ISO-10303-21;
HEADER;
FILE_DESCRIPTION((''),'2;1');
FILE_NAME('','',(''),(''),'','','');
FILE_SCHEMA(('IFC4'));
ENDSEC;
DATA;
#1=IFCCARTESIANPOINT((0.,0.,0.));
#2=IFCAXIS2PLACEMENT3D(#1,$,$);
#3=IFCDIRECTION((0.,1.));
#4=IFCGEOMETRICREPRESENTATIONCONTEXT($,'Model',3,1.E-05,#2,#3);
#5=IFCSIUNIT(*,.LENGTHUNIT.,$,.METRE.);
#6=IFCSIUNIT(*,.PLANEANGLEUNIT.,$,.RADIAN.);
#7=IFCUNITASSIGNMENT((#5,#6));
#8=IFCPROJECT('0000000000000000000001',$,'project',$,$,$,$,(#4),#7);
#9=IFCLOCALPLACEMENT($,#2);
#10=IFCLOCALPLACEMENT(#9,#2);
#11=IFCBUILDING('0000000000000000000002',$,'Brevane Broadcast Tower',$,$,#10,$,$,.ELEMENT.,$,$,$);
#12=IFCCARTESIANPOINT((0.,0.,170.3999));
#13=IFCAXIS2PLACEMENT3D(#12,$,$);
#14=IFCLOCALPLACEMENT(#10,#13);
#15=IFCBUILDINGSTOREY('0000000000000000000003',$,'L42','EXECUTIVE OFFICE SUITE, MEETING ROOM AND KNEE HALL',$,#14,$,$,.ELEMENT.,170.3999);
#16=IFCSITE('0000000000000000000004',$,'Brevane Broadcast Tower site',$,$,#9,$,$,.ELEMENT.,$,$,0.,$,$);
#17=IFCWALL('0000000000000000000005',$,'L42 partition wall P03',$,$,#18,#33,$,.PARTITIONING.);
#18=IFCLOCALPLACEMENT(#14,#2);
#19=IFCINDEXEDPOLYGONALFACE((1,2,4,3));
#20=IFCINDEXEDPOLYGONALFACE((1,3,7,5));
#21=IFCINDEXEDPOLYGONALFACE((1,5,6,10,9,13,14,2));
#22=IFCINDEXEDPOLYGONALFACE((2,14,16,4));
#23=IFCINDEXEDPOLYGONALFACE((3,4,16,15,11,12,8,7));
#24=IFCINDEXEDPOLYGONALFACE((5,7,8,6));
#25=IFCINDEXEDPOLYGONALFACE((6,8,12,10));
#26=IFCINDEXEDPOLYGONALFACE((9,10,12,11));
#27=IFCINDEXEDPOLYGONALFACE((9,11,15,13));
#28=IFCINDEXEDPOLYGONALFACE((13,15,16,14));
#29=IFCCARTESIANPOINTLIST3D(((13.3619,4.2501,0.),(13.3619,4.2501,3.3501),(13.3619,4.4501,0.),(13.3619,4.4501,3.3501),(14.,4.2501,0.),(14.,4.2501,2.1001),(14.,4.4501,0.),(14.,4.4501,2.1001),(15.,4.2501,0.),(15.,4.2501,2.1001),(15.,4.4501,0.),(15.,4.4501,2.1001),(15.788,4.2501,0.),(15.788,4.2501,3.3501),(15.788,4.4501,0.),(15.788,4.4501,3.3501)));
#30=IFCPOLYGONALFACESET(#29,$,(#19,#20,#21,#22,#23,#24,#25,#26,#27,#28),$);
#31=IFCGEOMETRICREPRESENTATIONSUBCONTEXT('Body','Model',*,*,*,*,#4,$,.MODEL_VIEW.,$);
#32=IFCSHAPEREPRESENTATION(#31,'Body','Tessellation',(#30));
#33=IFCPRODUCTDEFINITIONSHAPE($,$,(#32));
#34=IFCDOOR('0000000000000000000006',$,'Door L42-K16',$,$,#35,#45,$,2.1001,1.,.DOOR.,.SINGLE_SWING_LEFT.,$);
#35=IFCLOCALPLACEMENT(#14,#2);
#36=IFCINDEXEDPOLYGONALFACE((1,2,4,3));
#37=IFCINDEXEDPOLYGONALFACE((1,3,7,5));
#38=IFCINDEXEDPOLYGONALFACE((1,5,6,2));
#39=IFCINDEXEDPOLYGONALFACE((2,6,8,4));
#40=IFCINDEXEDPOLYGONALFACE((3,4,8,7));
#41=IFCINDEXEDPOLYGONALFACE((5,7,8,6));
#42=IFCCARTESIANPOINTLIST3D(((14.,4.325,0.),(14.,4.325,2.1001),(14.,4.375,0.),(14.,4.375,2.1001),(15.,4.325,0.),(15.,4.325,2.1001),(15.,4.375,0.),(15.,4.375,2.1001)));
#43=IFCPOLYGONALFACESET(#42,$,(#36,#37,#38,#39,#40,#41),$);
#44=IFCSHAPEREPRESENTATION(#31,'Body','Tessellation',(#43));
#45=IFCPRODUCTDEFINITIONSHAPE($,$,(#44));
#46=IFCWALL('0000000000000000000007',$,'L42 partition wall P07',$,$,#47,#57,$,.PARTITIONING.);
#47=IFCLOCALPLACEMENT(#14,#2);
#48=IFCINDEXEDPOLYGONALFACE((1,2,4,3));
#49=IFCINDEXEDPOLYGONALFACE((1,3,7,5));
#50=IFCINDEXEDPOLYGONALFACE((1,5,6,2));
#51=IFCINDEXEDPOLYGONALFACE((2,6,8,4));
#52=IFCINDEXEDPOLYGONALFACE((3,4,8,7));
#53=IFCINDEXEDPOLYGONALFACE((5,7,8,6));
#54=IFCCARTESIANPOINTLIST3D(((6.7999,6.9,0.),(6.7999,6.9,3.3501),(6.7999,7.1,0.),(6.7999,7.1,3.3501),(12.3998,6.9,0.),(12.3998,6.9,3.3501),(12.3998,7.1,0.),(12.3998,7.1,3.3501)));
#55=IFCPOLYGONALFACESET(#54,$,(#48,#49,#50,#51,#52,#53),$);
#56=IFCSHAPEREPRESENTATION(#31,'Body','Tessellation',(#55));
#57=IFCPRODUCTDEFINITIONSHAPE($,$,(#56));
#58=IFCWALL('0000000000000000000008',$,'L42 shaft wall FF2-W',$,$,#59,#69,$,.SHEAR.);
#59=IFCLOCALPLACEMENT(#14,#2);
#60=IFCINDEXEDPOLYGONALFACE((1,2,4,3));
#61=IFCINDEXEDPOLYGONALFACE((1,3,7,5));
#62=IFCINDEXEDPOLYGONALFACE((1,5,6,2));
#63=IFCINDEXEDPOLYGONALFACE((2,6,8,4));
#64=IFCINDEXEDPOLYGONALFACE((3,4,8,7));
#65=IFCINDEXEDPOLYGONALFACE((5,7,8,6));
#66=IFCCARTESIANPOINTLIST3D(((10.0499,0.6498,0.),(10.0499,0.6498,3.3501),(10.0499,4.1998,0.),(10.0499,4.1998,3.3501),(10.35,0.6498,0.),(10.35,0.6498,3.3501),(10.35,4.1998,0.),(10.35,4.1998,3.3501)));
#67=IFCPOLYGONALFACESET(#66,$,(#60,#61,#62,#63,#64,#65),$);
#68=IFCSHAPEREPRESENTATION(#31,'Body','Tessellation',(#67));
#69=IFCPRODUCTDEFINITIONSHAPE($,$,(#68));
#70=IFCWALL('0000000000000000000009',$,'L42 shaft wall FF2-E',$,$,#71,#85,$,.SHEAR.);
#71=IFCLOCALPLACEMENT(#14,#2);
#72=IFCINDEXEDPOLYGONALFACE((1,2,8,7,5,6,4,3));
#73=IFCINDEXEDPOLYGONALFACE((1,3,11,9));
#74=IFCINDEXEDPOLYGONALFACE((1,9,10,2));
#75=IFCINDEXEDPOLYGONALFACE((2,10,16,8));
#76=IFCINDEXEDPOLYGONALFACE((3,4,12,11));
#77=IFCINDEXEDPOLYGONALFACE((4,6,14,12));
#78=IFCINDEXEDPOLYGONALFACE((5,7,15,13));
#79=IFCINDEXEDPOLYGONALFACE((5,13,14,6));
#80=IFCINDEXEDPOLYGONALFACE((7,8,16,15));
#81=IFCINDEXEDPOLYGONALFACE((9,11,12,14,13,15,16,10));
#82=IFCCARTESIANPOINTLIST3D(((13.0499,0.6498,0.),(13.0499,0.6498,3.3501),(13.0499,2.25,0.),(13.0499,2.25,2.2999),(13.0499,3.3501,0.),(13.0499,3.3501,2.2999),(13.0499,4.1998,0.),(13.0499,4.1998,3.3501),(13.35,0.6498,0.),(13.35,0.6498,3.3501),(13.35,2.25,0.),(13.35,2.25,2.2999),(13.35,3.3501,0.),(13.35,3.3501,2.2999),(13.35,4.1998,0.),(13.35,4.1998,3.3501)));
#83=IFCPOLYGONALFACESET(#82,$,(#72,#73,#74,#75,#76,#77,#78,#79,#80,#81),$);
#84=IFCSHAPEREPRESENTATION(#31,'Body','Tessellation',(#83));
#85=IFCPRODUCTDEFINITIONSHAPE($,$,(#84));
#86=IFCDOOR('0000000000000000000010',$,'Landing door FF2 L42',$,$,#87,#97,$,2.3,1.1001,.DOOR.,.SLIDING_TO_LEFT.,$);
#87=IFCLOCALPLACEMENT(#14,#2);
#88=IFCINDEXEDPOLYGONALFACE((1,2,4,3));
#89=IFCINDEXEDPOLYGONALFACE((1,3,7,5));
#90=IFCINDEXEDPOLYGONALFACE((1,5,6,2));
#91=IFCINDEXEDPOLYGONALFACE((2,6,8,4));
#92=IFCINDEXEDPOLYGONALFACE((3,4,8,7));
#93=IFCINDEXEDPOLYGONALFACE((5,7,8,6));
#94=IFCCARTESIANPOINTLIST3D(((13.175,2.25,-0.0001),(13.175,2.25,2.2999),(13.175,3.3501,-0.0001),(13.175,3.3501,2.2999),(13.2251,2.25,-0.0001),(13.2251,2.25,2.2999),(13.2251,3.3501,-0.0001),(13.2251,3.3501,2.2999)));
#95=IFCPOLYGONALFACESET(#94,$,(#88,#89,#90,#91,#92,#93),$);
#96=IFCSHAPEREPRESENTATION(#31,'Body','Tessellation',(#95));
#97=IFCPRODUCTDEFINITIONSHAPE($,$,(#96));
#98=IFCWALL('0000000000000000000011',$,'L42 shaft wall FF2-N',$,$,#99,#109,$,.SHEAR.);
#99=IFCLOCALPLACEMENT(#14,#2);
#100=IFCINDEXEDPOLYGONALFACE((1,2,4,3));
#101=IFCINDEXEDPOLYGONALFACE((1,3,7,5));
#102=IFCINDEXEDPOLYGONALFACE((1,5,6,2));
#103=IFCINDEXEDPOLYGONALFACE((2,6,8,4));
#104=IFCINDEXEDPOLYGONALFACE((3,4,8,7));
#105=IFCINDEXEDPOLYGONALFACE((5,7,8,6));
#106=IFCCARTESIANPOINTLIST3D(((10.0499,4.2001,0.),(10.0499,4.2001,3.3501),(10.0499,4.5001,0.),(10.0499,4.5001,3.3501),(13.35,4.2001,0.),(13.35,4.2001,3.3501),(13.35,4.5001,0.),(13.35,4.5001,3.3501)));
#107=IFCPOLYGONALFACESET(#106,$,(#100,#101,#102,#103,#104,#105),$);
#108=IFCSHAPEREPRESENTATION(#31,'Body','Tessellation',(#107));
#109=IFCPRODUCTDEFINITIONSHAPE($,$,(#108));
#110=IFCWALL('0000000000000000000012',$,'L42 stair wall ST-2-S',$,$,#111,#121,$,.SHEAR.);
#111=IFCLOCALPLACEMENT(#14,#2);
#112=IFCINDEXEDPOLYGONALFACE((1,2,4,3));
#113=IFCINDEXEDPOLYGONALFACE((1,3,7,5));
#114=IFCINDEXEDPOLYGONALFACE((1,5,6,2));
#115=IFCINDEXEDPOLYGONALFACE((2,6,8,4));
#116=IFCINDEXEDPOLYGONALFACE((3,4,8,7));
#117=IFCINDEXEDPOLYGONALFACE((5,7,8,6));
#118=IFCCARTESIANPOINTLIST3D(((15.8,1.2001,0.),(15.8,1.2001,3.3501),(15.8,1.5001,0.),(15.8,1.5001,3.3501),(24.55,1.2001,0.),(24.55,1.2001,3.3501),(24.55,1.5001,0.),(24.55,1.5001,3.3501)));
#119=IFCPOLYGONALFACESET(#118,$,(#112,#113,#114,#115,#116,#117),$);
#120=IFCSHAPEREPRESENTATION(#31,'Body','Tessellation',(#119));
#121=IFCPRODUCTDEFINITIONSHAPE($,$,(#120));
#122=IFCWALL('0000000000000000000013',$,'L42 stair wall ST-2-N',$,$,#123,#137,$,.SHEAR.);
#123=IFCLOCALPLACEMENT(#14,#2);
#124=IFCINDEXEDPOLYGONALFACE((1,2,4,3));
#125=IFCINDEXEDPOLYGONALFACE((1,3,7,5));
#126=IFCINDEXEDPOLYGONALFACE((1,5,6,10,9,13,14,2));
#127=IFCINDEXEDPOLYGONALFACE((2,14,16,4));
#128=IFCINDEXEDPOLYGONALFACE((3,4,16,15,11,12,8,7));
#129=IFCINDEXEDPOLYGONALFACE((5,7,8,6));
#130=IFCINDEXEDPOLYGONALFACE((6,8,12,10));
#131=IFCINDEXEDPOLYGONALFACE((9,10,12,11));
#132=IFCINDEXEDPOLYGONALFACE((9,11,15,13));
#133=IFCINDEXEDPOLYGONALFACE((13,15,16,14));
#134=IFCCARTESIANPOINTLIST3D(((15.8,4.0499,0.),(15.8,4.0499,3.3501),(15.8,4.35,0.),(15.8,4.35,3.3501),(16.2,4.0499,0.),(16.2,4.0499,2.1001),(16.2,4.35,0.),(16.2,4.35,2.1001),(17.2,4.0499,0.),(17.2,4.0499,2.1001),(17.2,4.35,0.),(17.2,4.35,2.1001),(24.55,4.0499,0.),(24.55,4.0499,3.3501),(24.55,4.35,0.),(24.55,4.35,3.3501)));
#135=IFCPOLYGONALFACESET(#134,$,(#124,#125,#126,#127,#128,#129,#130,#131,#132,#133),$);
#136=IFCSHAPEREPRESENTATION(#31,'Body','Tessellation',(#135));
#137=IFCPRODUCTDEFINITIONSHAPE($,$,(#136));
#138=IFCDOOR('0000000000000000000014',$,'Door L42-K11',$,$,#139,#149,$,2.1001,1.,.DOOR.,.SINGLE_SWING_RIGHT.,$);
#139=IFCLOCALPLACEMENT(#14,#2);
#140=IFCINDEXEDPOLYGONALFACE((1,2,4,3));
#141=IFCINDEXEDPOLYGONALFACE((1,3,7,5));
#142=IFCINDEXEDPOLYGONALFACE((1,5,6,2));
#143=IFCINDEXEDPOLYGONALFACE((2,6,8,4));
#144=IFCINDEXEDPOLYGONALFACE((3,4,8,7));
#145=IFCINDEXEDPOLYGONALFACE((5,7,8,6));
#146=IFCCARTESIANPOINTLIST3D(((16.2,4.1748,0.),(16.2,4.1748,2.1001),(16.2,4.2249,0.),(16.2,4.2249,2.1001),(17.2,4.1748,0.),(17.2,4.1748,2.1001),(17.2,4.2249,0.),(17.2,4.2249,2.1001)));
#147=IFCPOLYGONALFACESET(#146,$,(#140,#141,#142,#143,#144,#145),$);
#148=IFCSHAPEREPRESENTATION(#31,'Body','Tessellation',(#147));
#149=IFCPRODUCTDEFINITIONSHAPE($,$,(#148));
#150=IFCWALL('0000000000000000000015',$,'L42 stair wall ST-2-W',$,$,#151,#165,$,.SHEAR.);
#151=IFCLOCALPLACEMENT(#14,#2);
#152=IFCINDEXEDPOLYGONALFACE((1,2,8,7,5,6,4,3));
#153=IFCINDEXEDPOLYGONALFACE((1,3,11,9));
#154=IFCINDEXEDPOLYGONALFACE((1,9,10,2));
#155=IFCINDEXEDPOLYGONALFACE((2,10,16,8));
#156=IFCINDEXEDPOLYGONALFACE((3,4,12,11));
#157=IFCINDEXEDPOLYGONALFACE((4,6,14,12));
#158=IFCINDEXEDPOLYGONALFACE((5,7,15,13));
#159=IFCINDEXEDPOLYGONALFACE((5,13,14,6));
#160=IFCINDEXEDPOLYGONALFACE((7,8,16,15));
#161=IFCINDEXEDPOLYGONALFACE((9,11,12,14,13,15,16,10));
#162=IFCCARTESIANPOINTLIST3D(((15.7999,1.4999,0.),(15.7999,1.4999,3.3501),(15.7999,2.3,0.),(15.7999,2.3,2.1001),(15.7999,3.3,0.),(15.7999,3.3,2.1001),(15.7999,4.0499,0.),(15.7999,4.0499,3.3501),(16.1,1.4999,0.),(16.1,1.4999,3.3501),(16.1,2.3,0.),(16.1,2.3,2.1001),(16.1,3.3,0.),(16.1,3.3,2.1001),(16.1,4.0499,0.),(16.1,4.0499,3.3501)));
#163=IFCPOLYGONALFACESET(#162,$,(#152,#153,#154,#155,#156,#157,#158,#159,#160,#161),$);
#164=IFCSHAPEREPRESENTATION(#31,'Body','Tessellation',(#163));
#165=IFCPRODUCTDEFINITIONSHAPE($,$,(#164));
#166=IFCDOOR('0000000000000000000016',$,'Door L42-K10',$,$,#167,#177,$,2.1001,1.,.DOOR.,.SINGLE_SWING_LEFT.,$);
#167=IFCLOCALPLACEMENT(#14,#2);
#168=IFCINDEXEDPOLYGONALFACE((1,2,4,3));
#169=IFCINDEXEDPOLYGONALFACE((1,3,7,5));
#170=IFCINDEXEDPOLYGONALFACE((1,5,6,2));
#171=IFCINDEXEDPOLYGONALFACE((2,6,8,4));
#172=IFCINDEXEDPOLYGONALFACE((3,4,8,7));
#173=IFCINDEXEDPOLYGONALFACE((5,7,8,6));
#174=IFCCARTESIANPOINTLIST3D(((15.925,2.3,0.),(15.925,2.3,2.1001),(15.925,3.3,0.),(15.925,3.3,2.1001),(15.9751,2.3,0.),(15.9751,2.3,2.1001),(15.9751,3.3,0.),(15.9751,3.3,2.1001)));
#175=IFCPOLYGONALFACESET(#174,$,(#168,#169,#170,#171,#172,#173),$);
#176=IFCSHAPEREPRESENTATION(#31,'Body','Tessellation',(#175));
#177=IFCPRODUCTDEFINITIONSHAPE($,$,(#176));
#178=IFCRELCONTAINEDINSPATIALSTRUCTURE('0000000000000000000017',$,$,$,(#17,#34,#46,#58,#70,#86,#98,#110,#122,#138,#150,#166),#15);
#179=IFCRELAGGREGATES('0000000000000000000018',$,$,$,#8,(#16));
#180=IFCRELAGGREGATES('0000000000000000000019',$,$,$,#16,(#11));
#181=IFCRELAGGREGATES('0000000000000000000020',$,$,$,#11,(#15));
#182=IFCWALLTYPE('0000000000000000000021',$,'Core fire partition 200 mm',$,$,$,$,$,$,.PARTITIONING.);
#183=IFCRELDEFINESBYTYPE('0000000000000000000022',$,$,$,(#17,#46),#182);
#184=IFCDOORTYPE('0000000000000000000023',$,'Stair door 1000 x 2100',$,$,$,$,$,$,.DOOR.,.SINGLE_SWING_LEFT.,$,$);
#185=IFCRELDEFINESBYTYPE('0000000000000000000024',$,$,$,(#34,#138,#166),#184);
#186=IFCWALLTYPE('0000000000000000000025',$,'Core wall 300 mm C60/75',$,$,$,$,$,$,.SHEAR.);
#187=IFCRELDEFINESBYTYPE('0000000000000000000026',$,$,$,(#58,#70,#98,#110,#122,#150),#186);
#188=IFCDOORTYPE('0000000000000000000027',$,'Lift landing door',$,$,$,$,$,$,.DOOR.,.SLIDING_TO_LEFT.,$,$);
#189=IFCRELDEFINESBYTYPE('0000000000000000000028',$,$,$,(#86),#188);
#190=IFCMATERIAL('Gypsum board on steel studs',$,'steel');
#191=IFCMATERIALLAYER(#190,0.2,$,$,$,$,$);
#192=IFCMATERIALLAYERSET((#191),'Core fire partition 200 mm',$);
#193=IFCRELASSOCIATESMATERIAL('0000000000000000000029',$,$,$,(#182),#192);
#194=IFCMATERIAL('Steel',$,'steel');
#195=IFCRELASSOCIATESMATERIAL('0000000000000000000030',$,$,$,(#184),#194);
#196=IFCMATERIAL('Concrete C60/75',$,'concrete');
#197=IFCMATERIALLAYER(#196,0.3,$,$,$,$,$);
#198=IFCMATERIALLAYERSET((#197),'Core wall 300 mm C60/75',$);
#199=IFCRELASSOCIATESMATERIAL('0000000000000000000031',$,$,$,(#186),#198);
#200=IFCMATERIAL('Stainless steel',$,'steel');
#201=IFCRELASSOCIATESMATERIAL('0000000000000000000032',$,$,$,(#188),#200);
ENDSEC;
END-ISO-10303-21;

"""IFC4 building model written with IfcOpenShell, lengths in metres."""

from ifc_helpers import new_model, si_unit, direction, frame, frame_2d, origin, place, context, subcontext, project, spatial, rectangle, extrude, material, layer, layer_set, type_object, element, fill, save


model = new_model("IFC4")

# Units and contexts
model_context = context("Model", 3, precision=1e-05, world=origin(), true_north=direction((0.0, 1.0)))
body_context = subcontext(model_context, "Body", "Model", "MODEL_VIEW")
ifc_project = project(units=[si_unit("LENGTHUNIT", "METRE"), si_unit("PLANEANGLEUNIT", "RADIAN")], contexts=[model_context])

# Site, building, storey
site_placement = place(None, origin())
site = spatial("IfcSite", under=ifc_project, at=site_placement, Name="Brevane Broadcast Tower site", CompositionType="ELEMENT", RefElevation=0.0)
building_placement = place(site_placement, origin())
building = spatial("IfcBuilding", under=site, at=building_placement, Name="Brevane Broadcast Tower", CompositionType="ELEMENT")
storey_placement = place(building_placement, frame((0.0, 0.0, 170.3999)))
storey = spatial("IfcBuildingStorey", under=building, at=storey_placement, Name="L42", Description="EXECUTIVE OFFICE SUITE, MEETING ROOM AND KNEE HALL", CompositionType="ELEMENT", Elevation=170.3999)

# Shared definitions
ifc_material_1 = material(Name="Gypsum board on steel studs", Category="steel")

# Wall, opening, door
ifc_layer_1 = layer(ifc_material_1, 0.2)
ifc_layer_set_1 = layer_set([ifc_layer_1], Name="Core fire partition 200 mm")
wall_type_1 = type_object("IfcWallType", Name="Core fire partition 200 mm", PredefinedType="PARTITIONING", material=ifc_layer_set_1)
wall_1_placement = place(storey_placement, frame((13.3621, 4.3501, 0.0), z_axis=(0.0, 0.0, 1.0), x_axis=(1.0, 0.0, 0.0)))
wall_1 = element("IfcWall", 1, at=wall_1_placement, inside=storey, type_object=wall_type_1, Name="L42 partition wall P03", PredefinedType="PARTITIONING", context=body_context, shape_type="SweptSolid", body=[
    extrude(rectangle(XDim=2.426, YDim=0.2, at=frame_2d((1.2129, 0.0))), origin(), (0.0, 0.0, 1.0), 3.3501),
])
opening_1_placement = place(wall_1_placement, frame((0.6379, 0.0, 0.0)))
opening_1 = element("IfcOpeningElement", 2, at=opening_1_placement, cuts=wall_1, PredefinedType="OPENING", context=body_context, shape_type="SweptSolid", body=[
    extrude(rectangle(XDim=1.0, YDim=2.1001, at=frame_2d((0.5, 1.05))), frame((0.0, 0.1099, 0.0), z_axis=(0.0, -1.0, 0.0), x_axis=(1.0, 0.0, 0.0)), (0.0, 0.0, 1.0), 0.22),
])
ifc_material_2 = material(Name="Steel", Category="steel")
door_type_1 = type_object("IfcDoorType", Name="Stair door 1000 x 2100", OperationType="SINGLE_SWING_LEFT", PredefinedType="DOOR", material=ifc_material_2)
door_1_placement = place(opening_1_placement, origin())
door_1 = element("IfcDoor", 3, at=door_1_placement, inside=storey, type_object=door_type_1, Name="Door L42-K16", OperationType="SINGLE_SWING_LEFT", OverallHeight=2.1001, OverallWidth=1.0, PredefinedType="DOOR", context=body_context, shape_type="SweptSolid", body=[
    extrude(rectangle(XDim=1.0, YDim=2.1001, at=frame_2d((0.5, 1.05))), frame((0.0, 0.0249, 0.0), z_axis=(0.0, -1.0, 0.0), x_axis=(1.0, 0.0, 0.0)), (0.0, 0.0, 1.0), 0.05),
])
fill(opening_1, door_1)

# Walls
wall_2_placement = place(storey_placement, frame((6.8, 7.0, 0.0), z_axis=(0.0, 0.0, 1.0), x_axis=(1.0, 0.0, 0.0)))
element("IfcWall", 4, at=wall_2_placement, inside=storey, type_object=wall_type_1, Name="L42 partition wall P07", PredefinedType="PARTITIONING", context=body_context, shape_type="SweptSolid", body=[
    extrude(rectangle(XDim=5.5999, YDim=0.2, at=frame_2d((2.7998, 0.0))), origin(), (0.0, 0.0, 1.0), 3.3501),
])
ifc_material_3 = material(Name="Concrete C60/75", Category="concrete")
ifc_layer_2 = layer(ifc_material_3, 0.3)
ifc_layer_set_2 = layer_set([ifc_layer_2], Name="Core wall 300 mm C60/75")
wall_type_2 = type_object("IfcWallType", Name="Core wall 300 mm C60/75", PredefinedType="SHEAR", material=ifc_layer_set_2)
wall_3_placement = place(storey_placement, frame((10.2, 0.6499, 0.0), z_axis=(0.0, 0.0, 1.0), x_axis=(0.0, 1.0, 0.0)))
element("IfcWall", 5, at=wall_3_placement, inside=storey, type_object=wall_type_2, Name="L42 shaft wall FF2-W", PredefinedType="SHEAR", context=body_context, shape_type="SweptSolid", body=[
    extrude(rectangle(XDim=3.55, YDim=0.3, at=frame_2d((1.7749, 0.0))), origin(), (0.0, 0.0, 1.0), 3.3501),
])

# Wall, opening, door
wall_4_placement = place(storey_placement, frame((13.2, 0.6499, 0.0), z_axis=(0.0, 0.0, 1.0), x_axis=(0.0, 1.0, 0.0)))
wall_4 = element("IfcWall", 6, at=wall_4_placement, inside=storey, type_object=wall_type_2, Name="L42 shaft wall FF2-E", PredefinedType="SHEAR", context=body_context, shape_type="SweptSolid", body=[
    extrude(rectangle(XDim=3.55, YDim=0.3, at=frame_2d((1.7749, 0.0))), origin(), (0.0, 0.0, 1.0), 3.3501),
])
opening_2_placement = place(wall_4_placement, frame((1.6001, 0.0, 0.0)))
opening_2 = element("IfcOpeningElement", 7, at=opening_2_placement, cuts=wall_4, PredefinedType="OPENING", context=body_context, shape_type="SweptSolid", body=[
    extrude(rectangle(XDim=1.1001, YDim=2.3, at=frame_2d((0.55, 1.1499))), frame((0.0, 0.1599, 0.0), z_axis=(0.0, -1.0, 0.0), x_axis=(1.0, 0.0, 0.0)), (0.0, 0.0, 1.0), 0.3201),
])
ifc_material_4 = material(Name="Stainless steel", Category="steel")
door_type_2 = type_object("IfcDoorType", Name="Lift landing door", OperationType="SLIDING_TO_LEFT", PredefinedType="DOOR", material=ifc_material_4)
door_2_placement = place(opening_2_placement, origin())
door_2 = element("IfcDoor", 8, at=door_2_placement, inside=storey, type_object=door_type_2, Name="Landing door FF2 L42", OperationType="SLIDING_TO_LEFT", OverallHeight=2.3, OverallWidth=1.1001, PredefinedType="DOOR", context=body_context, shape_type="SweptSolid", body=[
    extrude(rectangle(XDim=1.1001, YDim=2.3, at=frame_2d((0.55, 1.1499))), frame((0.0, 0.0249, 0.0), z_axis=(0.0, -1.0, 0.0), x_axis=(1.0, 0.0, 0.0)), (0.0, 0.0, 1.0), 0.05),
])
fill(opening_2, door_2)

# Walls
wall_5_placement = place(storey_placement, frame((10.05, 4.3501, 0.0), z_axis=(0.0, 0.0, 1.0), x_axis=(1.0, 0.0, 0.0)))
element("IfcWall", 9, at=wall_5_placement, inside=storey, type_object=wall_type_2, Name="L42 shaft wall FF2-N", PredefinedType="SHEAR", context=body_context, shape_type="SweptSolid", body=[
    extrude(rectangle(XDim=3.3, YDim=0.3, at=frame_2d((1.6499, 0.0))), origin(), (0.0, 0.0, 1.0), 3.3501),
])
wall_6_placement = place(storey_placement, frame((15.8, 1.3501, 0.0), z_axis=(0.0, 0.0, 1.0), x_axis=(1.0, 0.0, 0.0)))
element("IfcWall", 10, at=wall_6_placement, inside=storey, type_object=wall_type_2, Name="L42 stair wall ST-2-S", PredefinedType="SHEAR", context=body_context, shape_type="SweptSolid", body=[
    extrude(rectangle(XDim=8.75, YDim=0.3, at=frame_2d((4.375, 0.0))), origin(), (0.0, 0.0, 1.0), 3.3501),
])

# Walls, openings, doors
wall_7_placement = place(storey_placement, frame((15.8, 4.2, 0.0), z_axis=(0.0, 0.0, 1.0), x_axis=(1.0, 0.0, 0.0)))
wall_7 = element("IfcWall", 11, at=wall_7_placement, inside=storey, type_object=wall_type_2, Name="L42 stair wall ST-2-N", PredefinedType="SHEAR", context=body_context, shape_type="SweptSolid", body=[
    extrude(rectangle(XDim=8.75, YDim=0.3, at=frame_2d((4.375, 0.0))), origin(), (0.0, 0.0, 1.0), 3.3501),
])
opening_3_placement = place(wall_7_placement, frame((0.3999, 0.0, 0.0)))
opening_3 = element("IfcOpeningElement", 12, at=opening_3_placement, cuts=wall_7, PredefinedType="OPENING", context=body_context, shape_type="SweptSolid", body=[
    extrude(rectangle(XDim=1.0, YDim=2.1001, at=frame_2d((0.5, 1.05))), frame((0.0, 0.1599, 0.0), z_axis=(0.0, -1.0, 0.0), x_axis=(1.0, 0.0, 0.0)), (0.0, 0.0, 1.0), 0.3201),
])
door_3_placement = place(opening_3_placement, origin())
door_3 = element("IfcDoor", 13, at=door_3_placement, inside=storey, type_object=door_type_1, Name="Door L42-K11", OperationType="SINGLE_SWING_RIGHT", OverallHeight=2.1001, OverallWidth=1.0, PredefinedType="DOOR", context=body_context, shape_type="SweptSolid", body=[
    extrude(rectangle(XDim=1.0, YDim=2.1001, at=frame_2d((0.5, 1.05))), frame((0.0, 0.0249, 0.0), z_axis=(0.0, -1.0, 0.0), x_axis=(1.0, 0.0, 0.0)), (0.0, 0.0, 1.0), 0.05),
])
fill(opening_3, door_3)
wall_8_placement = place(storey_placement, frame((15.95, 1.5, 0.0), z_axis=(0.0, 0.0, 1.0), x_axis=(0.0, 1.0, 0.0)))
wall_8 = element("IfcWall", 14, at=wall_8_placement, inside=storey, type_object=wall_type_2, Name="L42 stair wall ST-2-W", PredefinedType="SHEAR", context=body_context, shape_type="SweptSolid", body=[
    extrude(rectangle(XDim=2.55, YDim=0.3, at=frame_2d((1.2749, 0.0))), origin(), (0.0, 0.0, 1.0), 3.3501),
])
opening_4_placement = place(wall_8_placement, frame((0.8, 0.0, 0.0)))
opening_4 = element("IfcOpeningElement", 15, at=opening_4_placement, cuts=wall_8, PredefinedType="OPENING", context=body_context, shape_type="SweptSolid", body=[
    extrude(rectangle(XDim=1.0, YDim=2.1001, at=frame_2d((0.5, 1.05))), frame((0.0, 0.1599, 0.0), z_axis=(0.0, -1.0, 0.0), x_axis=(1.0, 0.0, 0.0)), (0.0, 0.0, 1.0), 0.3201),
])
door_4_placement = place(opening_4_placement, origin())
door_4 = element("IfcDoor", 16, at=door_4_placement, inside=storey, type_object=door_type_1, Name="Door L42-K10", OperationType="SINGLE_SWING_LEFT", OverallHeight=2.1001, OverallWidth=1.0, PredefinedType="DOOR", context=body_context, shape_type="SweptSolid", body=[
    extrude(rectangle(XDim=1.0, YDim=2.1001, at=frame_2d((0.5, 1.05))), frame((0.0, 0.0249, 0.0), z_axis=(0.0, -1.0, 0.0), x_axis=(1.0, 0.0, 0.0)), (0.0, 0.0, 1.0), 0.05),
])
fill(opening_4, door_4)

save(model, "model.ifc")
